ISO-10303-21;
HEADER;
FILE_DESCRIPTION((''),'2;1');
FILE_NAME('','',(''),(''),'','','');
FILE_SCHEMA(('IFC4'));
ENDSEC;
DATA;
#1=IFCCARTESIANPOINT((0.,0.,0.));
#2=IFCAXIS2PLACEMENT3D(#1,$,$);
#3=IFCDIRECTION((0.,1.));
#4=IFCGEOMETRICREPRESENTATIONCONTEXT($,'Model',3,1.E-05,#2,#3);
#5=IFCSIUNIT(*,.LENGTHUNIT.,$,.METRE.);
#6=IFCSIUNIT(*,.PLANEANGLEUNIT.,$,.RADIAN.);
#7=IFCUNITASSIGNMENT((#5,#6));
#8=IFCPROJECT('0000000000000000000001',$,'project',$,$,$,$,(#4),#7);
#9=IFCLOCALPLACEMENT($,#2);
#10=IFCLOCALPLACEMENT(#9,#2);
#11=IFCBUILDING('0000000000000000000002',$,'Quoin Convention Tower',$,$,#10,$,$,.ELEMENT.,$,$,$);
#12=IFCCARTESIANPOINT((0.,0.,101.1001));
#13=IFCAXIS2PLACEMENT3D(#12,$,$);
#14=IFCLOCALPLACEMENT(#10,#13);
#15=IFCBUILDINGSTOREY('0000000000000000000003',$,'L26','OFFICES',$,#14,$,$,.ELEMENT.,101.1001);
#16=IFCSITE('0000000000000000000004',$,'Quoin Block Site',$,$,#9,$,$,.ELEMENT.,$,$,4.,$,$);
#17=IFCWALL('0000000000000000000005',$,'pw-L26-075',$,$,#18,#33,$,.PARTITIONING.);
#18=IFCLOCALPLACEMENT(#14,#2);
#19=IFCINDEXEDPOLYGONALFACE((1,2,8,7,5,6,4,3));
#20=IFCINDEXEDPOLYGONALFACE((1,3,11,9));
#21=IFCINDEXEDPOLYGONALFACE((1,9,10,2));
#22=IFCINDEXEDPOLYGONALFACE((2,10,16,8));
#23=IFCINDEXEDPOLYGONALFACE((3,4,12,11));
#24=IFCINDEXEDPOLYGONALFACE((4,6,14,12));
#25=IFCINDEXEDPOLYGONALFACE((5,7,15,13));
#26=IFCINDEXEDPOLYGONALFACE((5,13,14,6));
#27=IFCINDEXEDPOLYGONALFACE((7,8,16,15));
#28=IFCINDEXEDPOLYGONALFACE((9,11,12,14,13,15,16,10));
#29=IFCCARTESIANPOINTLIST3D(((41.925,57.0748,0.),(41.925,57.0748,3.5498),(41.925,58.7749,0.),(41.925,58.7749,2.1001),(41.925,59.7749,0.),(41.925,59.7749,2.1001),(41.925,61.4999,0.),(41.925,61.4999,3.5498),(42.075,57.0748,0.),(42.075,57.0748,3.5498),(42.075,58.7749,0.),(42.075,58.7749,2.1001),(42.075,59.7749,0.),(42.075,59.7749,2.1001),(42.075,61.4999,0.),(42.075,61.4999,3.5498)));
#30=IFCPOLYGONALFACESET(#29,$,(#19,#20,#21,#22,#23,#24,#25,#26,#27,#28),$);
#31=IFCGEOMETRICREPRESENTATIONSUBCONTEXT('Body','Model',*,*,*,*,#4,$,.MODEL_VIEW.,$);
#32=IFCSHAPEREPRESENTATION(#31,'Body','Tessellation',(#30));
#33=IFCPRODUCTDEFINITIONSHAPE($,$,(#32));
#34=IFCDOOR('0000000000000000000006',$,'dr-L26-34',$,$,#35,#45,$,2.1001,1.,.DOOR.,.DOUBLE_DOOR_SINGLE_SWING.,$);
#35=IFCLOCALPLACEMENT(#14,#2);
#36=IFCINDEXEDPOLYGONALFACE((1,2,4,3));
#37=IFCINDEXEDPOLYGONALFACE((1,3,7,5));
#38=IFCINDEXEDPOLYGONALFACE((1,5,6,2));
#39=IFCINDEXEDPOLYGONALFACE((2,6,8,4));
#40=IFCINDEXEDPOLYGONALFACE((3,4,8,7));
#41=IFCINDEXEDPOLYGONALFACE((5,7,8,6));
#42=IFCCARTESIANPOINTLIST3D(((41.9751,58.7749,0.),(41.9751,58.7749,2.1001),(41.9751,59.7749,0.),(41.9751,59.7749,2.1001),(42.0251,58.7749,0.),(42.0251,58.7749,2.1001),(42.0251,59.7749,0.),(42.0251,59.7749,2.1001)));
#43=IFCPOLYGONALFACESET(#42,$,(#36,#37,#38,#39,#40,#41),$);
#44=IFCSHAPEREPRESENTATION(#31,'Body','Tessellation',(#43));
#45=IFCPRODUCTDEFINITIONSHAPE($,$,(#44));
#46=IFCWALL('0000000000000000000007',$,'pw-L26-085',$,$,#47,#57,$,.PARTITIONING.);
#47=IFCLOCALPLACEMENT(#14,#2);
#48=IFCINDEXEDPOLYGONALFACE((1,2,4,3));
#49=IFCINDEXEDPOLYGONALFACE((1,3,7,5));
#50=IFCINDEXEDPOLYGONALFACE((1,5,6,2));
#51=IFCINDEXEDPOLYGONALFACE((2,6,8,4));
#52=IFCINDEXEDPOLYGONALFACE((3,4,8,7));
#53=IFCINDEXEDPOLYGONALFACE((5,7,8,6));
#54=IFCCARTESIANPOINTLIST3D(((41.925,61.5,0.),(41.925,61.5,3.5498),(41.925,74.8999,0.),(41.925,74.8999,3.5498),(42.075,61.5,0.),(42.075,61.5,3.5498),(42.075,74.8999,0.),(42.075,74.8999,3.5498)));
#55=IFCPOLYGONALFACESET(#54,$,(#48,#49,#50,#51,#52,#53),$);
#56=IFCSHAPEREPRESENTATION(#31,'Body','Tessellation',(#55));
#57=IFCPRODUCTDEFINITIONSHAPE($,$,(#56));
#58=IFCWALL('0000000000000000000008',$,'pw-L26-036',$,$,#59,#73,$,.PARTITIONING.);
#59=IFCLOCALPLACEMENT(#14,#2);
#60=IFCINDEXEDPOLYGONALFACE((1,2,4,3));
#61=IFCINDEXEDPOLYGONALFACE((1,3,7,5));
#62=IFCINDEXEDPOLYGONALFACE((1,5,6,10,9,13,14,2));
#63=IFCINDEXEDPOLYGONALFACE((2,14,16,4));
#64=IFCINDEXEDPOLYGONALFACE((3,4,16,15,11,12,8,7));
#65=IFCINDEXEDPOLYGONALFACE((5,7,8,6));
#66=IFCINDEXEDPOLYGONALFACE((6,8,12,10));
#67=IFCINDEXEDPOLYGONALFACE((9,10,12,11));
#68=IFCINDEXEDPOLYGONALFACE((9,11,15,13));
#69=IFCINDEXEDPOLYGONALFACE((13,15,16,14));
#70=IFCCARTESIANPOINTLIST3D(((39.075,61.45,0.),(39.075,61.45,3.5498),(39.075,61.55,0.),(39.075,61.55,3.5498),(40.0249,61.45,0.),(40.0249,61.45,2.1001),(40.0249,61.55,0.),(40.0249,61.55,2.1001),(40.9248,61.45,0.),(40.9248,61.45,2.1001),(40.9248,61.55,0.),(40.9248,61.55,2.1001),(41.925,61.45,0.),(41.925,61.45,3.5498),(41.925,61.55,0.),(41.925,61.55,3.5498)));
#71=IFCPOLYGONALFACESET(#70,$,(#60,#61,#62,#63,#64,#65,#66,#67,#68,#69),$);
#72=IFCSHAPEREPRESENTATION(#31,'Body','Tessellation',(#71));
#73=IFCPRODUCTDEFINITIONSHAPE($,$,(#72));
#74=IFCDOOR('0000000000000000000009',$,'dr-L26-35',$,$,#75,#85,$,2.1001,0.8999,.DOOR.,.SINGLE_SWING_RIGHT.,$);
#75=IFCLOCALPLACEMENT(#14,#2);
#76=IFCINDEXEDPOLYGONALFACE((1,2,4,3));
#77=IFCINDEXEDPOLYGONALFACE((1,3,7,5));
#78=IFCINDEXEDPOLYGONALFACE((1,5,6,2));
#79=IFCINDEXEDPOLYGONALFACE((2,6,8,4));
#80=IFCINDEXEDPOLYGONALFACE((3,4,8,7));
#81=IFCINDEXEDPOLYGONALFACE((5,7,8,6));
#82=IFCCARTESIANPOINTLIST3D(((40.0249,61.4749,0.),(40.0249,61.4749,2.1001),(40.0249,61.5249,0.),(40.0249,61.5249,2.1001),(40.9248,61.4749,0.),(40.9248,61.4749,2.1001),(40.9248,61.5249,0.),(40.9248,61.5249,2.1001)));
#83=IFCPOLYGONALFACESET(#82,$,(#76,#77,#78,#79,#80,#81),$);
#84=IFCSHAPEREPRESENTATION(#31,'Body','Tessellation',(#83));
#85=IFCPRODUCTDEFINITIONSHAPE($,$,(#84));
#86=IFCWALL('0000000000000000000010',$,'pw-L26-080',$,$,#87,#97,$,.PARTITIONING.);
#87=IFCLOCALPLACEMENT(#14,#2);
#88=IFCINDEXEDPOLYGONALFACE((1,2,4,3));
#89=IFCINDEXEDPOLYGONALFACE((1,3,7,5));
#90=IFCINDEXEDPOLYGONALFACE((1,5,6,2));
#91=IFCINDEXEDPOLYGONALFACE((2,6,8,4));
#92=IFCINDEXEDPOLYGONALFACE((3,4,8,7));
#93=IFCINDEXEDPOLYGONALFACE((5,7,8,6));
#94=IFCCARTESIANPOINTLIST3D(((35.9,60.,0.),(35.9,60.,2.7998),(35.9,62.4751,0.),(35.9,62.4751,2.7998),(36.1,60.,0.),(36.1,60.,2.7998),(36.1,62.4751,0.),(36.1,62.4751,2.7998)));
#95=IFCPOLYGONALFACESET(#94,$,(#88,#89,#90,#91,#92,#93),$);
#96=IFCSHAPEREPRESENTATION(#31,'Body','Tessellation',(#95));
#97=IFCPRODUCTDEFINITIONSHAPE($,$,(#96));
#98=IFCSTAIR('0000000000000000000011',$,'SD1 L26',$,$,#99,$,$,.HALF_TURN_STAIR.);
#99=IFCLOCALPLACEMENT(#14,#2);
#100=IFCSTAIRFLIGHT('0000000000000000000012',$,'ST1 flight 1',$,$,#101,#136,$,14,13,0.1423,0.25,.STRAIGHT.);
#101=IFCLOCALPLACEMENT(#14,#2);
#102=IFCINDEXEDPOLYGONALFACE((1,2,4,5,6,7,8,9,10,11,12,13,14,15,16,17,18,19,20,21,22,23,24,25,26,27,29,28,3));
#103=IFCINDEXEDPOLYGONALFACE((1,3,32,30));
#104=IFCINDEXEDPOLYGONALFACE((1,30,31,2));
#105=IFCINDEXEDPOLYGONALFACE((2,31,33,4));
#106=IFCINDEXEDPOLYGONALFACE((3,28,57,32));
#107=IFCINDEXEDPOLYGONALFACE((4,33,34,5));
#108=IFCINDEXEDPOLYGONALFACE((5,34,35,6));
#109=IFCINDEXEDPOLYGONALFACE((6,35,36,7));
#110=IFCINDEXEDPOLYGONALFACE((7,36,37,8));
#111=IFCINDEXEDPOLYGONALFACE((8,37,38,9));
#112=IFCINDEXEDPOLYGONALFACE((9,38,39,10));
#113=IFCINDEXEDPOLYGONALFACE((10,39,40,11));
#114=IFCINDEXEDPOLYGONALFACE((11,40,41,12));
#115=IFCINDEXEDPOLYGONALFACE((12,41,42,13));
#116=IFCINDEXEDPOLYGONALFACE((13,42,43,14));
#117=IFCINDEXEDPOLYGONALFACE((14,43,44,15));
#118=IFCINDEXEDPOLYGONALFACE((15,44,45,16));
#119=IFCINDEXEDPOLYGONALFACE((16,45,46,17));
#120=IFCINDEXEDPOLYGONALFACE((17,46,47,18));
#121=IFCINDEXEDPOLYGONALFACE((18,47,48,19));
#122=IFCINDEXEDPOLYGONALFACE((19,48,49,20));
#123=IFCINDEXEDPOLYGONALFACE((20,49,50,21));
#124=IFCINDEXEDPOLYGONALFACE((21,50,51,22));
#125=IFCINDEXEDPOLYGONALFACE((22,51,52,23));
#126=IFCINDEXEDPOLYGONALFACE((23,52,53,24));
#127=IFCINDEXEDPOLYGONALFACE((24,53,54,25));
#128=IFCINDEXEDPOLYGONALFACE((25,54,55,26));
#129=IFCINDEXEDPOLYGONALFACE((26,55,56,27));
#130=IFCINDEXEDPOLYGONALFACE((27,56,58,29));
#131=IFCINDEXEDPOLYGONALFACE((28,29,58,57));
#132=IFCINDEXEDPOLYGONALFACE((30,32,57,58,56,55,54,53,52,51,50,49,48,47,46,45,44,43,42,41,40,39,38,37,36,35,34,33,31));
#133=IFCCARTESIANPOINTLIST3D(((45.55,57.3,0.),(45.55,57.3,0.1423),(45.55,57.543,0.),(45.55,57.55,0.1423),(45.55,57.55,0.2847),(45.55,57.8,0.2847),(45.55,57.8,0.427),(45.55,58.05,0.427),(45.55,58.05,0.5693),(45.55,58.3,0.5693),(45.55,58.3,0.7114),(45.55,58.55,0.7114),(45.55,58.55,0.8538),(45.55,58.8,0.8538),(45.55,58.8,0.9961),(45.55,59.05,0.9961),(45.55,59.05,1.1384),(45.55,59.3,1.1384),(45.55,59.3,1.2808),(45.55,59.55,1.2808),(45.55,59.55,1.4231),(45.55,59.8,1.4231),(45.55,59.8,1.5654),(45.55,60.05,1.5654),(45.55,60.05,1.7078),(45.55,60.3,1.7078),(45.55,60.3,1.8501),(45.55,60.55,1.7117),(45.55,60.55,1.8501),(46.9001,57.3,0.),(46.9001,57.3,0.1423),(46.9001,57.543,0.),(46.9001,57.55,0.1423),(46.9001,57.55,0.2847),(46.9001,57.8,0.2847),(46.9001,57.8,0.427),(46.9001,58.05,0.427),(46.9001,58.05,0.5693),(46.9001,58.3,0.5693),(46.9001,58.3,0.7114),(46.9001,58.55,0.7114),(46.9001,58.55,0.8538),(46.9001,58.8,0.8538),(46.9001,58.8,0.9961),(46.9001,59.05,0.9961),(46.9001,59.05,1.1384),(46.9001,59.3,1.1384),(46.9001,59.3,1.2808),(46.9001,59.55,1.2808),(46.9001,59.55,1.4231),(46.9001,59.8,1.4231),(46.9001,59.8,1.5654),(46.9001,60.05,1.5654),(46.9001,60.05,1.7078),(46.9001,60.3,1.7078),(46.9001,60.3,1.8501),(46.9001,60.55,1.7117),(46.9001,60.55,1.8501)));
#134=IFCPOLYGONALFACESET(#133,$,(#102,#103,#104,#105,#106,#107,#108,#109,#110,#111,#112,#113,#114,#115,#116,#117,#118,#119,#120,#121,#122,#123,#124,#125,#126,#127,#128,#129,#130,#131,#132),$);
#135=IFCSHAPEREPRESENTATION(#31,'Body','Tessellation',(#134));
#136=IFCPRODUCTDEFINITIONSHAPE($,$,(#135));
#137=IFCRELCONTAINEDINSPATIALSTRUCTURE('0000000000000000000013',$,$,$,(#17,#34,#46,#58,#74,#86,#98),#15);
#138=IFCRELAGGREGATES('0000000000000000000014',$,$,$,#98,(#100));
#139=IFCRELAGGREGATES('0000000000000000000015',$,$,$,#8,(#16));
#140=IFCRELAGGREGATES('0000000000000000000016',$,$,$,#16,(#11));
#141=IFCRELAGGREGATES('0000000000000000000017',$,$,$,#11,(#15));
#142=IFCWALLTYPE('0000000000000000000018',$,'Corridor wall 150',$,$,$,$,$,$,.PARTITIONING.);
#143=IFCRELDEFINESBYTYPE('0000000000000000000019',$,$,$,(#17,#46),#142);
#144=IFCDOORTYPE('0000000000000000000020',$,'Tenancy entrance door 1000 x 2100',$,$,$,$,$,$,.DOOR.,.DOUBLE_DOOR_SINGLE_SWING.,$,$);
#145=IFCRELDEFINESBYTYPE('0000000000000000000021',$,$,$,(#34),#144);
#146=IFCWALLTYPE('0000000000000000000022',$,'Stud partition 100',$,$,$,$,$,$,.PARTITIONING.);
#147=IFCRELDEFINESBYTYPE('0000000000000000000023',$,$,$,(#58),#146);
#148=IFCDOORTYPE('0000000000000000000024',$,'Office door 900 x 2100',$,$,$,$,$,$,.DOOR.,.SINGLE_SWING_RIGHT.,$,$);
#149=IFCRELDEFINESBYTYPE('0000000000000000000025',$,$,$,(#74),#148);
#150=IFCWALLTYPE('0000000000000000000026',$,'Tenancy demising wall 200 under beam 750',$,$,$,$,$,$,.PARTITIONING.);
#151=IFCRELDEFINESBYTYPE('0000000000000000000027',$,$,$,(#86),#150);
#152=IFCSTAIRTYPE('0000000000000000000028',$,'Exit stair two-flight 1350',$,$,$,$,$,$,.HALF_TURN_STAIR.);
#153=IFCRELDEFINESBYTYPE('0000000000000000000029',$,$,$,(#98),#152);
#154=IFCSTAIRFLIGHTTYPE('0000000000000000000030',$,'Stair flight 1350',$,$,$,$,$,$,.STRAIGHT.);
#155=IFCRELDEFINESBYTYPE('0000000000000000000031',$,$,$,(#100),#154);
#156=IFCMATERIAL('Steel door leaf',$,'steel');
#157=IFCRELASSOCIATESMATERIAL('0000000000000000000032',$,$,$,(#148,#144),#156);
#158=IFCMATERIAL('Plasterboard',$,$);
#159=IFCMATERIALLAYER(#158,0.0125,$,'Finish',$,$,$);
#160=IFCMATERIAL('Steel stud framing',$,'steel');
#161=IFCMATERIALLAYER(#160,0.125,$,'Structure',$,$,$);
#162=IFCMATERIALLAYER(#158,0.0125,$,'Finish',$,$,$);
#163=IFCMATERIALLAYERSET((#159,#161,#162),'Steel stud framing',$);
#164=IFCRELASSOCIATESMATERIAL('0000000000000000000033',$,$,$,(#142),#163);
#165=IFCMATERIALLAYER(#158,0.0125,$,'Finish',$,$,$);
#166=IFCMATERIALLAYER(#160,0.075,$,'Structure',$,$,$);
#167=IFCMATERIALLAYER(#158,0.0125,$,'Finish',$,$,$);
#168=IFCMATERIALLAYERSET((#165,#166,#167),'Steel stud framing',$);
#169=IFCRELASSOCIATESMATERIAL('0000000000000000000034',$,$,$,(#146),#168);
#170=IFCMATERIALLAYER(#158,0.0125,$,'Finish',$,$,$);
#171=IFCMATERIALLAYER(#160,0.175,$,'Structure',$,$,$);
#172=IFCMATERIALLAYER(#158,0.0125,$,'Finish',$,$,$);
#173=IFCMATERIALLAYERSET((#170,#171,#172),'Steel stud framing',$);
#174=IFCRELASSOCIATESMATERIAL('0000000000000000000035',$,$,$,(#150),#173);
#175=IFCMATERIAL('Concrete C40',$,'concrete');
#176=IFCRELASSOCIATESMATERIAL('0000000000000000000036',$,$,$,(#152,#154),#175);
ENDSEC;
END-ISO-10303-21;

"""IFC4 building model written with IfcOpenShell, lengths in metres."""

from ifc_helpers import new_model, si_unit, direction, frame, frame_2d, origin, place, context, subcontext, project, spatial, polyline, rectangle, outline, extrude, material, layer, layer_set, type_object, element, fill, aggregate, save


model = new_model("IFC4")

# Units and contexts
model_context = context("Model", 3, precision=1e-05, world=origin(), true_north=direction((0.0, 1.0)))
body_context = subcontext(model_context, "Body", "Model", "MODEL_VIEW")
ifc_project = project(units=[si_unit("LENGTHUNIT", "METRE"), si_unit("PLANEANGLEUNIT", "RADIAN")], contexts=[model_context])

# Site, building, storey
site_placement = place(None, origin())
site = spatial("IfcSite", under=ifc_project, at=site_placement, Name="Quoin Block Site", CompositionType="ELEMENT", RefElevation=4.0)
building_placement = place(site_placement, origin())
building = spatial("IfcBuilding", under=site, at=building_placement, Name="Quoin Convention Tower", CompositionType="ELEMENT")
storey_placement = place(building_placement, frame((0.0, 0.0, 101.1001)))
storey = spatial("IfcBuildingStorey", under=building, at=storey_placement, Name="L26", Description="OFFICES", CompositionType="ELEMENT", Elevation=101.1001)

# Shared definitions
ifc_material_1 = material(Name="Plasterboard")
ifc_material_2 = material(Name="Steel stud framing", Category="steel")

# Shared definitions
ifc_material_3 = material(Name="Steel door leaf", Category="steel")
door_type_1 = type_object("IfcDoorType", Name="Office door 900 x 2100", OperationType="SINGLE_SWING_RIGHT", PredefinedType="DOOR", material=ifc_material_3)

# Shared definitions
ifc_layer_1 = layer(ifc_material_1, 0.0125, Name="Finish")
ifc_layer_2 = layer(ifc_material_2, 0.125, Name="Structure")
ifc_layer_3 = layer(ifc_material_1, 0.0125, Name="Finish")
ifc_layer_set_1 = layer_set([ifc_layer_1, ifc_layer_2, ifc_layer_3], Name="Steel stud framing")
wall_type_1 = type_object("IfcWallType", Name="Corridor wall 150", PredefinedType="PARTITIONING", material=ifc_layer_set_1)

# Wall, opening, door
wall_1_placement = place(storey_placement, frame((42.0, 57.075, 0.0), z_axis=(0.0, 0.0, 1.0), x_axis=(0.0, 1.0, 0.0)))
wall_1 = element("IfcWall", 1, at=wall_1_placement, inside=storey, type_object=wall_type_1, Name="pw-L26-075", PredefinedType="PARTITIONING", context=body_context, shape_type="SweptSolid", body=[
    extrude(rectangle(XDim=4.425, YDim=0.1499, at=frame_2d((2.2124, 0.0))), origin(), (0.0, 0.0, 1.0), 3.5498),
])
opening_1_placement = place(wall_1_placement, frame((1.7, 0.0, 0.0)))
opening_1 = element("IfcOpeningElement", 2, at=opening_1_placement, cuts=wall_1, PredefinedType="OPENING", context=body_context, shape_type="SweptSolid", body=[
    extrude(rectangle(XDim=1.0, YDim=2.1001, at=frame_2d((0.5, 1.05))), frame((0.0, 0.085, 0.0), z_axis=(0.0, -1.0, 0.0), x_axis=(1.0, 0.0, 0.0)), (0.0, 0.0, 1.0), 0.1699),
])
door_type_2 = type_object("IfcDoorType", Name="Tenancy entrance door 1000 x 2100", OperationType="DOUBLE_DOOR_SINGLE_SWING", PredefinedType="DOOR", material=ifc_material_3)
door_1_placement = place(opening_1_placement, origin())
door_1 = element("IfcDoor", 3, at=door_1_placement, inside=storey, type_object=door_type_2, Name="dr-L26-34", OperationType="DOUBLE_DOOR_SINGLE_SWING", OverallHeight=2.1001, OverallWidth=1.0, PredefinedType="DOOR", context=body_context, shape_type="SweptSolid", body=[
    extrude(rectangle(XDim=1.0, YDim=2.1001, at=frame_2d((0.5, 1.05))), frame((0.0, 0.0249, 0.0), z_axis=(0.0, -1.0, 0.0), x_axis=(1.0, 0.0, 0.0)), (0.0, 0.0, 1.0), 0.05),
])
fill(opening_1, door_1)

# Wall
wall_2_placement = place(storey_placement, frame((42.0, 61.5, 0.0), z_axis=(0.0, 0.0, 1.0), x_axis=(0.0, 1.0, 0.0)))
element("IfcWall", 4, at=wall_2_placement, inside=storey, type_object=wall_type_1, Name="pw-L26-085", PredefinedType="PARTITIONING", context=body_context, shape_type="SweptSolid", body=[
    extrude(rectangle(XDim=13.3999, YDim=0.1499, at=frame_2d((6.7, 0.0))), origin(), (0.0, 0.0, 1.0), 3.5498),
])

# Wall, opening, door
ifc_layer_4 = layer(ifc_material_1, 0.0125, Name="Finish")
ifc_layer_5 = layer(ifc_material_2, 0.075, Name="Structure")
ifc_layer_6 = layer(ifc_material_1, 0.0125, Name="Finish")
ifc_layer_set_2 = layer_set([ifc_layer_4, ifc_layer_5, ifc_layer_6], Name="Steel stud framing")
wall_type_2 = type_object("IfcWallType", Name="Stud partition 100", PredefinedType="PARTITIONING", material=ifc_layer_set_2)
wall_3_placement = place(storey_placement, frame((39.075, 61.5, 0.0), z_axis=(0.0, 0.0, 1.0), x_axis=(1.0, 0.0, 0.0)))
wall_3 = element("IfcWall", 5, at=wall_3_placement, inside=storey, type_object=wall_type_2, Name="pw-L26-036", PredefinedType="PARTITIONING", context=body_context, shape_type="SweptSolid", body=[
    extrude(rectangle(XDim=2.8501, YDim=0.1001, at=frame_2d((1.425, 0.0))), origin(), (0.0, 0.0, 1.0), 3.5498),
])
opening_2_placement = place(wall_3_placement, frame((0.95, 0.0, 0.0)))
opening_2 = element("IfcOpeningElement", 6, at=opening_2_placement, cuts=wall_3, PredefinedType="OPENING", context=body_context, shape_type="SweptSolid", body=[
    extrude(rectangle(XDim=0.8999, YDim=2.1001, at=frame_2d((0.45, 1.05))), frame((0.0, 0.0601, 0.0), z_axis=(0.0, -1.0, 0.0), x_axis=(1.0, 0.0, 0.0)), (0.0, 0.0, 1.0), 0.1201),
])
door_2_placement = place(opening_2_placement, origin())
door_2 = element("IfcDoor", 7, at=door_2_placement, inside=storey, type_object=door_type_1, Name="dr-L26-35", OperationType="SINGLE_SWING_RIGHT", OverallHeight=2.1001, OverallWidth=0.8999, PredefinedType="DOOR", context=body_context, shape_type="SweptSolid", body=[
    extrude(rectangle(XDim=0.8999, YDim=2.1001, at=frame_2d((0.45, 1.05))), frame((0.0, 0.0249, 0.0), z_axis=(0.0, -1.0, 0.0), x_axis=(1.0, 0.0, 0.0)), (0.0, 0.0, 1.0), 0.05),
])
fill(opening_2, door_2)

# Wall
ifc_layer_7 = layer(ifc_material_1, 0.0125, Name="Finish")
ifc_layer_8 = layer(ifc_material_2, 0.175, Name="Structure")
ifc_layer_9 = layer(ifc_material_1, 0.0125, Name="Finish")
ifc_layer_set_3 = layer_set([ifc_layer_7, ifc_layer_8, ifc_layer_9], Name="Steel stud framing")
wall_type_3 = type_object("IfcWallType", Name="Tenancy demising wall 200 under beam 750", PredefinedType="PARTITIONING", material=ifc_layer_set_3)
wall_4_placement = place(storey_placement, frame((36.0, 60.0, 0.0), z_axis=(0.0, 0.0, 1.0), x_axis=(0.0, 1.0, 0.0)))
element("IfcWall", 8, at=wall_4_placement, inside=storey, type_object=wall_type_3, Name="pw-L26-080", PredefinedType="PARTITIONING", context=body_context, shape_type="SweptSolid", body=[
    extrude(rectangle(XDim=2.4751, YDim=0.2, at=frame_2d((1.2375, 0.0))), origin(), (0.0, 0.0, 1.0), 2.7998),
])

# Stair, stair flight
ifc_material_4 = material(Name="Concrete C40", Category="concrete")
stair_type = type_object("IfcStairType", Name="Exit stair two-flight 1350", PredefinedType="HALF_TURN_STAIR", material=ifc_material_4)
stair_placement = place(storey_placement, origin())
stair = element("IfcStair", 9, at=stair_placement, inside=storey, type_object=stair_type, Name="SD1 L26", PredefinedType="HALF_TURN_STAIR")
stair_flight_type = type_object("IfcStairFlightType", Name="Stair flight 1350", PredefinedType="STRAIGHT", material=ifc_material_4)
stair_flight_placement = place(storey_placement, frame((46.2251, 57.3, 0.0), z_axis=(0.0, 0.0, 1.0), x_axis=(0.0, 1.0, 0.0)))
stair_flight = element("IfcStairFlight", 10, at=stair_flight_placement, type_object=stair_flight_type, Name="ST1 flight 1", NumberOfRisers=14, NumberOfTreads=13, PredefinedType="STRAIGHT", RiserHeight=0.1423, TreadLength=0.25, context=body_context, shape_type="SweptSolid", body=[
    extrude(outline(polyline([(0.0, 0.0), (0.0, 0.1423), (0.25, 0.1423), (0.25, 0.2847), (0.5, 0.2847), (0.5, 0.427), (0.75, 0.427), (0.75, 0.5693), (1.0, 0.5693), (1.0, 0.7114), (1.25, 0.7114), (1.25, 0.8538), (1.5, 0.8538), (1.5, 0.9961), (1.75, 0.9961), (1.75, 1.1384), (2.0, 1.1384), (2.0, 1.2808), (2.25, 1.2808), (2.25, 1.4231), (2.5, 1.4231), (2.5, 1.5654), (2.75, 1.5654), (2.75, 1.7078), (3.0, 1.7078), (3.0, 1.8501), (3.25, 1.8501), (3.25, 1.9922), (3.25, 1.7117), (0.2429, 0.0), (0.0, 0.0)])), frame((0.0, 0.675, 0.0), z_axis=(0.0, -1.0, 0.0), x_axis=(1.0, 0.0, 0.0)), (0.0, 0.0, 1.0), 1.3501),
])
aggregate(stair, [stair_flight])

save(model, "model.ifc")
